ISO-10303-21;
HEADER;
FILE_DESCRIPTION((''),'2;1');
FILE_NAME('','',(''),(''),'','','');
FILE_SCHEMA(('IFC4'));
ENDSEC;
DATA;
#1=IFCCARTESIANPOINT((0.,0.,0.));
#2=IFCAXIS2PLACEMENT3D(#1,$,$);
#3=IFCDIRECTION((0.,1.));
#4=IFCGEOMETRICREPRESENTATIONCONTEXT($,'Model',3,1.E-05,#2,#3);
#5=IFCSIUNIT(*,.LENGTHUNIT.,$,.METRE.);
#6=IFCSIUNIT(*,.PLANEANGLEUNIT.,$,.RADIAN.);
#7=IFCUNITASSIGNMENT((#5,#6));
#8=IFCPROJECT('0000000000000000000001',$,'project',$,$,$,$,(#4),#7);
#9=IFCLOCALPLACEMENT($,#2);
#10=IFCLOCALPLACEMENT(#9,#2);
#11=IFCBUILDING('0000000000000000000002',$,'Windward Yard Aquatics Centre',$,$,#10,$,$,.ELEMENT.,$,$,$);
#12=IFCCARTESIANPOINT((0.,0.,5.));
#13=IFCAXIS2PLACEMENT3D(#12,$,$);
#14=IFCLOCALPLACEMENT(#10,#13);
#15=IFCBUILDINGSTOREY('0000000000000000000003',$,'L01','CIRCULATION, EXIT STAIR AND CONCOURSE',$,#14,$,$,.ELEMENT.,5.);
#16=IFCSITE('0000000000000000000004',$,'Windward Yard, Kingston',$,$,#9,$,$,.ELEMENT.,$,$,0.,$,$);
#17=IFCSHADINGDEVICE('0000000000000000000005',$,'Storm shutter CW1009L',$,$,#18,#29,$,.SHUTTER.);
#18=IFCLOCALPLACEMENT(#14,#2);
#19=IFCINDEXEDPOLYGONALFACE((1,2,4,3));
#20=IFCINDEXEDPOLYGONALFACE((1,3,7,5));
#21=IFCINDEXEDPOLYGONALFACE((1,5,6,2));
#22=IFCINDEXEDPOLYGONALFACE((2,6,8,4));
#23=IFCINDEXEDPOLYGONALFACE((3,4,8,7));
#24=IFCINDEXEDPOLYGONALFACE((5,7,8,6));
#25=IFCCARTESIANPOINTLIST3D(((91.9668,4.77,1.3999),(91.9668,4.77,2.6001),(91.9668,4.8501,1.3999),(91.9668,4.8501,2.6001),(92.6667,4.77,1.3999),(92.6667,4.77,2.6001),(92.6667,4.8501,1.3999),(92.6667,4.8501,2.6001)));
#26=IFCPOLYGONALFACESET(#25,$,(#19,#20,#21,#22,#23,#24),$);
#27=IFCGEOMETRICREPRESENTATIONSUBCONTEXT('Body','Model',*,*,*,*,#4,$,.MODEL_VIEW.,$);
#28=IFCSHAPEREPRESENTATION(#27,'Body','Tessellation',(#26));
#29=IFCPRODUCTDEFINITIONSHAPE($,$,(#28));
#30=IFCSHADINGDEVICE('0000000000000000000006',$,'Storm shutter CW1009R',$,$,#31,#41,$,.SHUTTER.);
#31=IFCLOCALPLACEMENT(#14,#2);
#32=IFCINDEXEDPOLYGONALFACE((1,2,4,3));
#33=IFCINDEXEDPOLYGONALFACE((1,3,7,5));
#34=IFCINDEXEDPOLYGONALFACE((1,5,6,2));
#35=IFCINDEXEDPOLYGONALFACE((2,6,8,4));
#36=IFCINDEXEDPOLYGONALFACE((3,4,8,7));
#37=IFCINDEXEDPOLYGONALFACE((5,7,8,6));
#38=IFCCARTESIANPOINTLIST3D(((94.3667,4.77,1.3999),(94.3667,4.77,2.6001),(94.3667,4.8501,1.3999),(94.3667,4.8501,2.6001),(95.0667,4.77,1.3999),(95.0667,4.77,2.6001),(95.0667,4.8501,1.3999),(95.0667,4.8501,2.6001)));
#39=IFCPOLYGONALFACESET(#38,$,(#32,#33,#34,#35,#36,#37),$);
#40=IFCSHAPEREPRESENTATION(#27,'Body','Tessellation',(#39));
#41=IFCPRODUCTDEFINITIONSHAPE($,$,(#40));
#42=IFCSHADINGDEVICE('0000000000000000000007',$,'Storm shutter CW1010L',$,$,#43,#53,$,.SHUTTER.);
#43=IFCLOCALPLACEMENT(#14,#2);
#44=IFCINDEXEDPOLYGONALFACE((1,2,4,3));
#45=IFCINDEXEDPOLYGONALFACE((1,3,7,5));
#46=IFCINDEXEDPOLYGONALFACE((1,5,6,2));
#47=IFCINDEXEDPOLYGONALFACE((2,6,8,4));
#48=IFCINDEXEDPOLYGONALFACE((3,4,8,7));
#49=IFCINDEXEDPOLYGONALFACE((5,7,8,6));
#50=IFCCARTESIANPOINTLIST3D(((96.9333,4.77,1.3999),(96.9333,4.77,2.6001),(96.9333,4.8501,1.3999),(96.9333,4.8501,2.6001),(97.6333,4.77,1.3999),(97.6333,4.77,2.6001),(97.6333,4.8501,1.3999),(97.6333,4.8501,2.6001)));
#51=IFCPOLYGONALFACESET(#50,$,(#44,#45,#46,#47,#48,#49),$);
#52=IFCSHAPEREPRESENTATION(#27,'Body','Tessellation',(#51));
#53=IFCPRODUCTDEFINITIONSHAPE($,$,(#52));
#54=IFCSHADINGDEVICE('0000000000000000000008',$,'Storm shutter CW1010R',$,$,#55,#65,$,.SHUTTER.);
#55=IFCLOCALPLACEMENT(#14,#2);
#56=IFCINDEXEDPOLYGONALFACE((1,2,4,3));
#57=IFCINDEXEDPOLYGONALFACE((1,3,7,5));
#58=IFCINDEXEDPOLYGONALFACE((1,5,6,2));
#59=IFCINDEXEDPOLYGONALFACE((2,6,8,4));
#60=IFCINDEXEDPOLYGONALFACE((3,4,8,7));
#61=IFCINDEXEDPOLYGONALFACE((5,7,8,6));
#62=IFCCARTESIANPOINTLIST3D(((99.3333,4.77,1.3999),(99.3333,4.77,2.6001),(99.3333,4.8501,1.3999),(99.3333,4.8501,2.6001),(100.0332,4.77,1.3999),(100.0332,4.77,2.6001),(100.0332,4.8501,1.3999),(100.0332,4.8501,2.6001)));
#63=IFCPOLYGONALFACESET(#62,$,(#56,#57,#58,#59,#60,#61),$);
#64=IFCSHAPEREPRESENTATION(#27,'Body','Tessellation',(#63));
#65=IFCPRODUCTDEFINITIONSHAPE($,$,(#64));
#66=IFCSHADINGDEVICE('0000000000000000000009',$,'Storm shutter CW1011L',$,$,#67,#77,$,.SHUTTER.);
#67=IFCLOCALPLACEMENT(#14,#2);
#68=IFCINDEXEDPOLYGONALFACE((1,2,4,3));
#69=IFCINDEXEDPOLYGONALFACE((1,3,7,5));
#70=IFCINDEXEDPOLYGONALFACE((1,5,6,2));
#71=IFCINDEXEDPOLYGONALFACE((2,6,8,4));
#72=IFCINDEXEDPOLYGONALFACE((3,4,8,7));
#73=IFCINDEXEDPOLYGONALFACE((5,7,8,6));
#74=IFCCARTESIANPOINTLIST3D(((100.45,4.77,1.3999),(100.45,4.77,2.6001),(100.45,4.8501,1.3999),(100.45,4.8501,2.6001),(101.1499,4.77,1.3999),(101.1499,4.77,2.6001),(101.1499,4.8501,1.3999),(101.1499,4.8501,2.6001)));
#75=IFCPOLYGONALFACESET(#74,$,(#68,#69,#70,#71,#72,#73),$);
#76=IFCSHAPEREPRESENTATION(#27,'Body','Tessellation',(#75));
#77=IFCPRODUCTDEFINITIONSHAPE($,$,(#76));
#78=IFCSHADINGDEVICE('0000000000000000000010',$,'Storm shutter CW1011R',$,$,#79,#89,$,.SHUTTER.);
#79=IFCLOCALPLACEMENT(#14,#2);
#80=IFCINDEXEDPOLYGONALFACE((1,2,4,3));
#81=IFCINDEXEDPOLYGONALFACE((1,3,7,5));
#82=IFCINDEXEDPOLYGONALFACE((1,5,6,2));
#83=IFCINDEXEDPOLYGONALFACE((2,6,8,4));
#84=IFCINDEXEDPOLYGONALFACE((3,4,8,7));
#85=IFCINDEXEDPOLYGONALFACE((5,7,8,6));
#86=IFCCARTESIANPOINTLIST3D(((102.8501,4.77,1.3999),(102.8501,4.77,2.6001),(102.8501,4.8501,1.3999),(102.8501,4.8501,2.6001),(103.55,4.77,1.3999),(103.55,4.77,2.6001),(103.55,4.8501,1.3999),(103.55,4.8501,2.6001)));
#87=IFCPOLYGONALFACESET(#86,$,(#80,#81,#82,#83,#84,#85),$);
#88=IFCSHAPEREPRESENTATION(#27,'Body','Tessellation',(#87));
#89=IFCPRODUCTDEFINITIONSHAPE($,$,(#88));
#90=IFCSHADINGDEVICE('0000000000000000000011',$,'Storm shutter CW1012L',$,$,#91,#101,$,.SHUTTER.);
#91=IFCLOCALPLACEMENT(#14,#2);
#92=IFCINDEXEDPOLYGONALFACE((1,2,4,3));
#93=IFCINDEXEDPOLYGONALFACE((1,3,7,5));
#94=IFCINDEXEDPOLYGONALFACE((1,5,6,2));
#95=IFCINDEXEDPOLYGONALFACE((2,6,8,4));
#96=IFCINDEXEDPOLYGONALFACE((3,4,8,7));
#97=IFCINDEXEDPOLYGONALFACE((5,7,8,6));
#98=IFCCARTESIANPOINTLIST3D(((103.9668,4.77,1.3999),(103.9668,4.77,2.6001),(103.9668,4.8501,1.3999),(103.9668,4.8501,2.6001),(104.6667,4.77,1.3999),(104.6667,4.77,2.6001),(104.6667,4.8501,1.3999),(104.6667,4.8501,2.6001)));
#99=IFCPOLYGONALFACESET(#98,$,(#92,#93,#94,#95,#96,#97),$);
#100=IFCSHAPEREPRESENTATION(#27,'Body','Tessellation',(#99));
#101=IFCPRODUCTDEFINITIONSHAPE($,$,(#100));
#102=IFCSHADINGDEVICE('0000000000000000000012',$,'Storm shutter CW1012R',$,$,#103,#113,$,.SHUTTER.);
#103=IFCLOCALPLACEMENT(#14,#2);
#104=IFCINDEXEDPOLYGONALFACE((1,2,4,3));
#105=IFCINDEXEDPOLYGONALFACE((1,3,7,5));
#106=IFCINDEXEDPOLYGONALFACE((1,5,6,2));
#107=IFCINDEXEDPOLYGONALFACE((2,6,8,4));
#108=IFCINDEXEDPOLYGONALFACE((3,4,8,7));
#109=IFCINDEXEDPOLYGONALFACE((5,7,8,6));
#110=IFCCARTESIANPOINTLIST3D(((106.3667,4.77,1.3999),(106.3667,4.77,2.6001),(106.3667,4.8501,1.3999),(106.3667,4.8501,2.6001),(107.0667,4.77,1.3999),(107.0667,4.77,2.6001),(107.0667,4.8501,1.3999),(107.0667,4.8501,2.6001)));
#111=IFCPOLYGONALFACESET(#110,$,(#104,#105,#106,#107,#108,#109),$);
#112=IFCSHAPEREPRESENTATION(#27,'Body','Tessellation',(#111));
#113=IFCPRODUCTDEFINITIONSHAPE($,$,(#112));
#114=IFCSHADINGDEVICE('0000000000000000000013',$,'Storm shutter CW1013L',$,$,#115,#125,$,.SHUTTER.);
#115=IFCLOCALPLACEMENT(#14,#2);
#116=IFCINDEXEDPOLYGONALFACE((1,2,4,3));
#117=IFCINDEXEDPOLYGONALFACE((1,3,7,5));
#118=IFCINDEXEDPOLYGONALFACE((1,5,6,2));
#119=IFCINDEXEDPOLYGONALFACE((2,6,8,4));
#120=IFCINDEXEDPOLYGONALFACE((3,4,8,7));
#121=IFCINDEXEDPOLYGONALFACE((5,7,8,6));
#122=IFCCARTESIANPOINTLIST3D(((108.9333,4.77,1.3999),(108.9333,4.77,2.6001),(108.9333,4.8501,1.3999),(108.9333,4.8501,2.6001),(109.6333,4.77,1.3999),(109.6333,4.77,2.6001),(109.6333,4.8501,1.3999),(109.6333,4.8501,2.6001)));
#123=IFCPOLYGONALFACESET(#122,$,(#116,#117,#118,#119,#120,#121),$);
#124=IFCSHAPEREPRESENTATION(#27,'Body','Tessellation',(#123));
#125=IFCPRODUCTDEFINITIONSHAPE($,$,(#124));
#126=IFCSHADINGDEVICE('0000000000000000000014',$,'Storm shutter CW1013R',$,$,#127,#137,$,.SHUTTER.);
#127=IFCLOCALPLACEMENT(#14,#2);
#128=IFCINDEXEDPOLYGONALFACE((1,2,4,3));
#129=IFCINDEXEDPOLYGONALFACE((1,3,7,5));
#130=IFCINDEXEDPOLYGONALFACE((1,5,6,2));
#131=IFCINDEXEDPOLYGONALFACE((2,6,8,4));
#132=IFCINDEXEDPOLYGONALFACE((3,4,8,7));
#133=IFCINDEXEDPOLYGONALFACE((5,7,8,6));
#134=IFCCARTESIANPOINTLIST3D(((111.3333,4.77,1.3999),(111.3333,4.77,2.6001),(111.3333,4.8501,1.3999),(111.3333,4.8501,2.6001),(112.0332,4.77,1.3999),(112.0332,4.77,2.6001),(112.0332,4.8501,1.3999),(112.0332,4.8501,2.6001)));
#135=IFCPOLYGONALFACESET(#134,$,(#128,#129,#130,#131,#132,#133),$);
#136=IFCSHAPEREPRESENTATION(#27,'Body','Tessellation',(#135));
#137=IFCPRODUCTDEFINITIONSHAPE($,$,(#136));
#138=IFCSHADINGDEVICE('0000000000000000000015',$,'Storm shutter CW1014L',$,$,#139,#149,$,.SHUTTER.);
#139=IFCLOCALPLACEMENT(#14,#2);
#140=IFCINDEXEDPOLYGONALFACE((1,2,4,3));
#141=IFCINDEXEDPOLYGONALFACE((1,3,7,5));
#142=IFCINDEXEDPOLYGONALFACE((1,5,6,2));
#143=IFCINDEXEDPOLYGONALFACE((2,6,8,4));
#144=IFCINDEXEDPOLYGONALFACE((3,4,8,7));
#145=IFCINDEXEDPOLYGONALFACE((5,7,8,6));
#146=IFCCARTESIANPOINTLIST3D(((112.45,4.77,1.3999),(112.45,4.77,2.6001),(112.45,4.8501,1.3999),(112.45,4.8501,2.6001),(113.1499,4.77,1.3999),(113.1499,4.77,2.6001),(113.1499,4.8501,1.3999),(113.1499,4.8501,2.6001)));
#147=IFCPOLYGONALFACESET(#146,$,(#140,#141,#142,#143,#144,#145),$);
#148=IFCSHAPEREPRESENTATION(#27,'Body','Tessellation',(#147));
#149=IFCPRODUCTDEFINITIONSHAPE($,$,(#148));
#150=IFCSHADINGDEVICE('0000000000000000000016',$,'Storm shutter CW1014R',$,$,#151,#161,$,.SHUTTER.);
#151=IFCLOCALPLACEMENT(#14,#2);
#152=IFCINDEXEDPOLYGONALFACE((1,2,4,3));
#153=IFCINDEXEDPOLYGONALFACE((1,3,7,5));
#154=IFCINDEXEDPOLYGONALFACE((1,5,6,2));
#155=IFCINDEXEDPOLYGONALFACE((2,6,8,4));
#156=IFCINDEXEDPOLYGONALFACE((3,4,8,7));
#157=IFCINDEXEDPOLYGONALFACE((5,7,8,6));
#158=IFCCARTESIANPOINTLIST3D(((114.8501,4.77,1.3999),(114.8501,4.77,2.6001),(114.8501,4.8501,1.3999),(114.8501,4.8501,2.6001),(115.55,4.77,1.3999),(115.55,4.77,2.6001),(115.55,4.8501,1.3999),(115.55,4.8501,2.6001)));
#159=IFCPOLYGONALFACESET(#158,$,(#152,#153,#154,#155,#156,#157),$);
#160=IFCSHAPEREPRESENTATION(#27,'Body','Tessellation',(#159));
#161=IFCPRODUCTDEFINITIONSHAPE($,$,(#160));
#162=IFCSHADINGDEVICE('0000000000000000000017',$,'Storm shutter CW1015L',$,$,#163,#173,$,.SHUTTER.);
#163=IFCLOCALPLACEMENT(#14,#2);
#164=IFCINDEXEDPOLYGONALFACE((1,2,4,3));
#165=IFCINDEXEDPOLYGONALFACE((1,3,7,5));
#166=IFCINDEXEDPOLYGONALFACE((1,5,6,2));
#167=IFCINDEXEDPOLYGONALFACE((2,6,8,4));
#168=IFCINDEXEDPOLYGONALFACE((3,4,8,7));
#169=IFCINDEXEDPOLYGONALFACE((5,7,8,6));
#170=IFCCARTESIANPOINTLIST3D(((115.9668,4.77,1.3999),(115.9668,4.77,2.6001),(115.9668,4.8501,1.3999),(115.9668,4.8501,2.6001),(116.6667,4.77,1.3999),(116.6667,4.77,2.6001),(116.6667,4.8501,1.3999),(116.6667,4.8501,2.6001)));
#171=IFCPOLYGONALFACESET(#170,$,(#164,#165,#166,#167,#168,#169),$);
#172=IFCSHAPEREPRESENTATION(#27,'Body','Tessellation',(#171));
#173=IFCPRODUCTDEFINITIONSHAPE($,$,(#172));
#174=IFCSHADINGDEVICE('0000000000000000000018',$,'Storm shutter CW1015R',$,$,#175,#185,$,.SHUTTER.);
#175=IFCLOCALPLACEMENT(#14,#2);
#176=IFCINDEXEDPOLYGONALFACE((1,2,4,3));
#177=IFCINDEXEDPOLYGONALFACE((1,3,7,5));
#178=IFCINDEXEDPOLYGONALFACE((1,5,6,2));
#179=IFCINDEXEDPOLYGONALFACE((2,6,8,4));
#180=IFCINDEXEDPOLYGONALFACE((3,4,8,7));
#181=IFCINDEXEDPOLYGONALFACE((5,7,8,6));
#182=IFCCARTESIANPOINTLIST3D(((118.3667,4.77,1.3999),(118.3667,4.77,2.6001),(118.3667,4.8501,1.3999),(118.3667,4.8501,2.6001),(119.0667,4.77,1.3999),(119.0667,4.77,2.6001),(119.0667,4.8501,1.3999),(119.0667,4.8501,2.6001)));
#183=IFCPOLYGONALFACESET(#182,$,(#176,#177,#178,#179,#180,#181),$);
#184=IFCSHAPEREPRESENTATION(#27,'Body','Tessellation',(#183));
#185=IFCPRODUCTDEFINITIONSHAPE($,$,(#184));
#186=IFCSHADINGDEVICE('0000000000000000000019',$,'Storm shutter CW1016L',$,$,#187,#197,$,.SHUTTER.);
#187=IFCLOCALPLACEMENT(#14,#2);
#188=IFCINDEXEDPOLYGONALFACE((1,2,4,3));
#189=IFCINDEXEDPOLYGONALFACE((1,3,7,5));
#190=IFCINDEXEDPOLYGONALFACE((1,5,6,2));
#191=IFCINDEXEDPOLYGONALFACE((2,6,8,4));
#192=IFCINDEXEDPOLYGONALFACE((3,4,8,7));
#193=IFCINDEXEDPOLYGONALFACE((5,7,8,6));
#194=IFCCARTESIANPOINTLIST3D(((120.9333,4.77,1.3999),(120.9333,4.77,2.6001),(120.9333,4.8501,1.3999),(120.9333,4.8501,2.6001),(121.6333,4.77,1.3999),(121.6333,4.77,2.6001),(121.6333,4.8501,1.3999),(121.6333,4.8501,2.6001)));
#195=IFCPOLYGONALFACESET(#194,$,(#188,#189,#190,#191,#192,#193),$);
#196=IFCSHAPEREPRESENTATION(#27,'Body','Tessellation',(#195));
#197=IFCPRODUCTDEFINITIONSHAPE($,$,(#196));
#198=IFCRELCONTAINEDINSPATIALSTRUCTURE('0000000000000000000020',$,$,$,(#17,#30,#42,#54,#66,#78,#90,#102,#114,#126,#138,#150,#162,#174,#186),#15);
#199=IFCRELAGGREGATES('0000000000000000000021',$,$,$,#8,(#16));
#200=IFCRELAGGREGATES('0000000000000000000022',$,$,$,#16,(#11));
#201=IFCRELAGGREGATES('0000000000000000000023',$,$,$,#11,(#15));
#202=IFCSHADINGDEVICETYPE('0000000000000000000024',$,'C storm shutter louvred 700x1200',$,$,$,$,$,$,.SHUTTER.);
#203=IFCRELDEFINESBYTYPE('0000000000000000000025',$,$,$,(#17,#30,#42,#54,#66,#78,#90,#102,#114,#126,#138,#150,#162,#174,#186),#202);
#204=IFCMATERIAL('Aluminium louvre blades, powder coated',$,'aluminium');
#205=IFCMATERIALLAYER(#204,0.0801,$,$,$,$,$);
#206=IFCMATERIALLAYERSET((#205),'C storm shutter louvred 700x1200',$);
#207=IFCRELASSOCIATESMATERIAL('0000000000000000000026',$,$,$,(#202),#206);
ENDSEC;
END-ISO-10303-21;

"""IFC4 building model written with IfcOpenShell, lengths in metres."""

from ifc_helpers import new_model, si_unit, direction, frame, origin, place, context, subcontext, project, spatial, polyline, outline, extrude, material, layer, layer_set, type_object, element, save


model = new_model("IFC4")

# Units and contexts
model_context = context("Model", 3, precision=1e-05, world=origin(), true_north=direction((0.0, 1.0)))
body_context = subcontext(model_context, "Body", "Model", "MODEL_VIEW")
ifc_project = project(units=[si_unit("LENGTHUNIT", "METRE"), si_unit("PLANEANGLEUNIT", "RADIAN")], contexts=[model_context])

# Site, building, storey
site_placement = place(None, origin())
site = spatial("IfcSite", under=ifc_project, at=site_placement, Name="Windward Yard, Kingston", CompositionType="ELEMENT", RefElevation=0.0)
building_placement = place(site_placement, origin())
building = spatial("IfcBuilding", under=site, at=building_placement, Name="Windward Yard Aquatics Centre", CompositionType="ELEMENT")
storey_placement = place(building_placement, frame((0.0, 0.0, 5.0)))
storey = spatial("IfcBuildingStorey", under=building, at=storey_placement, Name="L01", Description="CIRCULATION, EXIT STAIR AND CONCOURSE", CompositionType="ELEMENT", Elevation=5.0)

# Shading devices
ifc_material = material(Name="Aluminium louvre blades, powder coated", Category="aluminium")
ifc_layer = layer(ifc_material, 0.0801)
ifc_layer_set = layer_set([ifc_layer], Name="C storm shutter louvred 700x1200")
shading_device_type = type_object("IfcShadingDeviceType", Name="C storm shutter louvred 700x1200", PredefinedType="SHUTTER", material=ifc_layer_set)
shading_device_1_placement = place(storey_placement, frame((0.0, 0.0, 1.3999)))
element("IfcShadingDevice", 1, at=shading_device_1_placement, inside=storey, type_object=shading_device_type, Name="Storm shutter CW1009L", PredefinedType="SHUTTER", context=body_context, shape_type="SweptSolid", body=[
    extrude(outline(polyline([(91.9668, 4.77), (91.9668, 4.8501), (92.6667, 4.8501), (92.6667, 4.77), (91.9668, 4.77)])), origin(), (0.0, 0.0, 1.0), 1.2002),
])
shading_device_2_placement = place(storey_placement, frame((0.0, 0.0, 1.3999)))
element("IfcShadingDevice", 2, at=shading_device_2_placement, inside=storey, type_object=shading_device_type, Name="Storm shutter CW1009R", PredefinedType="SHUTTER", context=body_context, shape_type="SweptSolid", body=[
    extrude(outline(polyline([(94.3667, 4.77), (94.3667, 4.8501), (95.0667, 4.8501), (95.0667, 4.77), (94.3667, 4.77)])), origin(), (0.0, 0.0, 1.0), 1.2002),
])
shading_device_3_placement = place(storey_placement, frame((0.0, 0.0, 1.3999)))
element("IfcShadingDevice", 3, at=shading_device_3_placement, inside=storey, type_object=shading_device_type, Name="Storm shutter CW1010L", PredefinedType="SHUTTER", context=body_context, shape_type="SweptSolid", body=[
    extrude(outline(polyline([(96.9333, 4.77), (96.9333, 4.8501), (97.6333, 4.8501), (97.6333, 4.77), (96.9333, 4.77)])), origin(), (0.0, 0.0, 1.0), 1.2002),
])
shading_device_4_placement = place(storey_placement, frame((0.0, 0.0, 1.3999)))
element("IfcShadingDevice", 4, at=shading_device_4_placement, inside=storey, type_object=shading_device_type, Name="Storm shutter CW1010R", PredefinedType="SHUTTER", context=body_context, shape_type="SweptSolid", body=[
    extrude(outline(polyline([(99.3333, 4.77), (99.3333, 4.8501), (100.0332, 4.8501), (100.0332, 4.77), (99.3333, 4.77)])), origin(), (0.0, 0.0, 1.0), 1.2002),
])
shading_device_5_placement = place(storey_placement, frame((0.0, 0.0, 1.3999)))
element("IfcShadingDevice", 5, at=shading_device_5_placement, inside=storey, type_object=shading_device_type, Name="Storm shutter CW1011L", PredefinedType="SHUTTER", context=body_context, shape_type="SweptSolid", body=[
    extrude(outline(polyline([(100.45, 4.77), (100.45, 4.8501), (101.1499, 4.8501), (101.1499, 4.77), (100.45, 4.77)])), origin(), (0.0, 0.0, 1.0), 1.2002),
])
shading_device_6_placement = place(storey_placement, frame((0.0, 0.0, 1.3999)))
element("IfcShadingDevice", 6, at=shading_device_6_placement, inside=storey, type_object=shading_device_type, Name="Storm shutter CW1011R", PredefinedType="SHUTTER", context=body_context, shape_type="SweptSolid", body=[
    extrude(outline(polyline([(102.8501, 4.77), (102.8501, 4.8501), (103.55, 4.8501), (103.55, 4.77), (102.8501, 4.77)])), origin(), (0.0, 0.0, 1.0), 1.2002),
])
shading_device_7_placement = place(storey_placement, frame((0.0, 0.0, 1.3999)))
element("IfcShadingDevice", 7, at=shading_device_7_placement, inside=storey, type_object=shading_device_type, Name="Storm shutter CW1012L", PredefinedType="SHUTTER", context=body_context, shape_type="SweptSolid", body=[
    extrude(outline(polyline([(103.9668, 4.77), (103.9668, 4.8501), (104.6667, 4.8501), (104.6667, 4.77), (103.9668, 4.77)])), origin(), (0.0, 0.0, 1.0), 1.2002),
])
shading_device_8_placement = place(storey_placement, frame((0.0, 0.0, 1.3999)))
element("IfcShadingDevice", 8, at=shading_device_8_placement, inside=storey, type_object=shading_device_type, Name="Storm shutter CW1012R", PredefinedType="SHUTTER", context=body_context, shape_type="SweptSolid", body=[
    extrude(outline(polyline([(106.3667, 4.77), (106.3667, 4.8501), (107.0667, 4.8501), (107.0667, 4.77), (106.3667, 4.77)])), origin(), (0.0, 0.0, 1.0), 1.2002),
])
shading_device_9_placement = place(storey_placement, frame((0.0, 0.0, 1.3999)))
element("IfcShadingDevice", 9, at=shading_device_9_placement, inside=storey, type_object=shading_device_type, Name="Storm shutter CW1013L", PredefinedType="SHUTTER", context=body_context, shape_type="SweptSolid", body=[
    extrude(outline(polyline([(108.9333, 4.77), (108.9333, 4.8501), (109.6333, 4.8501), (109.6333, 4.77), (108.9333, 4.77)])), origin(), (0.0, 0.0, 1.0), 1.2002),
])
shading_device_10_placement = place(storey_placement, frame((0.0, 0.0, 1.3999)))
element("IfcShadingDevice", 10, at=shading_device_10_placement, inside=storey, type_object=shading_device_type, Name="Storm shutter CW1013R", PredefinedType="SHUTTER", context=body_context, shape_type="SweptSolid", body=[
    extrude(outline(polyline([(111.3333, 4.77), (111.3333, 4.8501), (112.0332, 4.8501), (112.0332, 4.77), (111.3333, 4.77)])), origin(), (0.0, 0.0, 1.0), 1.2002),
])
shading_device_11_placement = place(storey_placement, frame((0.0, 0.0, 1.3999)))
element("IfcShadingDevice", 11, at=shading_device_11_placement, inside=storey, type_object=shading_device_type, Name="Storm shutter CW1014L", PredefinedType="SHUTTER", context=body_context, shape_type="SweptSolid", body=[
    extrude(outline(polyline([(112.45, 4.77), (112.45, 4.8501), (113.1499, 4.8501), (113.1499, 4.77), (112.45, 4.77)])), origin(), (0.0, 0.0, 1.0), 1.2002),
])
shading_device_12_placement = place(storey_placement, frame((0.0, 0.0, 1.3999)))
element("IfcShadingDevice", 12, at=shading_device_12_placement, inside=storey, type_object=shading_device_type, Name="Storm shutter CW1014R", PredefinedType="SHUTTER", context=body_context, shape_type="SweptSolid", body=[
    extrude(outline(polyline([(114.8501, 4.77), (114.8501, 4.8501), (115.55, 4.8501), (115.55, 4.77), (114.8501, 4.77)])), origin(), (0.0, 0.0, 1.0), 1.2002),
])
shading_device_13_placement = place(storey_placement, frame((0.0, 0.0, 1.3999)))
element("IfcShadingDevice", 13, at=shading_device_13_placement, inside=storey, type_object=shading_device_type, Name="Storm shutter CW1015L", PredefinedType="SHUTTER", context=body_context, shape_type="SweptSolid", body=[
    extrude(outline(polyline([(115.9668, 4.77), (115.9668, 4.8501), (116.6667, 4.8501), (116.6667, 4.77), (115.9668, 4.77)])), origin(), (0.0, 0.0, 1.0), 1.2002),
])
shading_device_14_placement = place(storey_placement, frame((0.0, 0.0, 1.3999)))
element("IfcShadingDevice", 14, at=shading_device_14_placement, inside=storey, type_object=shading_device_type, Name="Storm shutter CW1015R", PredefinedType="SHUTTER", context=body_context, shape_type="SweptSolid", body=[
    extrude(outline(polyline([(118.3667, 4.77), (118.3667, 4.8501), (119.0667, 4.8501), (119.0667, 4.77), (118.3667, 4.77)])), origin(), (0.0, 0.0, 1.0), 1.2002),
])
shading_device_15_placement = place(storey_placement, frame((0.0, 0.0, 1.3999)))
element("IfcShadingDevice", 15, at=shading_device_15_placement, inside=storey, type_object=shading_device_type, Name="Storm shutter CW1016L", PredefinedType="SHUTTER", context=body_context, shape_type="SweptSolid", body=[
    extrude(outline(polyline([(120.9333, 4.77), (120.9333, 4.8501), (121.6333, 4.8501), (121.6333, 4.77), (120.9333, 4.77)])), origin(), (0.0, 0.0, 1.0), 1.2002),
])

save(model, "model.ifc")
